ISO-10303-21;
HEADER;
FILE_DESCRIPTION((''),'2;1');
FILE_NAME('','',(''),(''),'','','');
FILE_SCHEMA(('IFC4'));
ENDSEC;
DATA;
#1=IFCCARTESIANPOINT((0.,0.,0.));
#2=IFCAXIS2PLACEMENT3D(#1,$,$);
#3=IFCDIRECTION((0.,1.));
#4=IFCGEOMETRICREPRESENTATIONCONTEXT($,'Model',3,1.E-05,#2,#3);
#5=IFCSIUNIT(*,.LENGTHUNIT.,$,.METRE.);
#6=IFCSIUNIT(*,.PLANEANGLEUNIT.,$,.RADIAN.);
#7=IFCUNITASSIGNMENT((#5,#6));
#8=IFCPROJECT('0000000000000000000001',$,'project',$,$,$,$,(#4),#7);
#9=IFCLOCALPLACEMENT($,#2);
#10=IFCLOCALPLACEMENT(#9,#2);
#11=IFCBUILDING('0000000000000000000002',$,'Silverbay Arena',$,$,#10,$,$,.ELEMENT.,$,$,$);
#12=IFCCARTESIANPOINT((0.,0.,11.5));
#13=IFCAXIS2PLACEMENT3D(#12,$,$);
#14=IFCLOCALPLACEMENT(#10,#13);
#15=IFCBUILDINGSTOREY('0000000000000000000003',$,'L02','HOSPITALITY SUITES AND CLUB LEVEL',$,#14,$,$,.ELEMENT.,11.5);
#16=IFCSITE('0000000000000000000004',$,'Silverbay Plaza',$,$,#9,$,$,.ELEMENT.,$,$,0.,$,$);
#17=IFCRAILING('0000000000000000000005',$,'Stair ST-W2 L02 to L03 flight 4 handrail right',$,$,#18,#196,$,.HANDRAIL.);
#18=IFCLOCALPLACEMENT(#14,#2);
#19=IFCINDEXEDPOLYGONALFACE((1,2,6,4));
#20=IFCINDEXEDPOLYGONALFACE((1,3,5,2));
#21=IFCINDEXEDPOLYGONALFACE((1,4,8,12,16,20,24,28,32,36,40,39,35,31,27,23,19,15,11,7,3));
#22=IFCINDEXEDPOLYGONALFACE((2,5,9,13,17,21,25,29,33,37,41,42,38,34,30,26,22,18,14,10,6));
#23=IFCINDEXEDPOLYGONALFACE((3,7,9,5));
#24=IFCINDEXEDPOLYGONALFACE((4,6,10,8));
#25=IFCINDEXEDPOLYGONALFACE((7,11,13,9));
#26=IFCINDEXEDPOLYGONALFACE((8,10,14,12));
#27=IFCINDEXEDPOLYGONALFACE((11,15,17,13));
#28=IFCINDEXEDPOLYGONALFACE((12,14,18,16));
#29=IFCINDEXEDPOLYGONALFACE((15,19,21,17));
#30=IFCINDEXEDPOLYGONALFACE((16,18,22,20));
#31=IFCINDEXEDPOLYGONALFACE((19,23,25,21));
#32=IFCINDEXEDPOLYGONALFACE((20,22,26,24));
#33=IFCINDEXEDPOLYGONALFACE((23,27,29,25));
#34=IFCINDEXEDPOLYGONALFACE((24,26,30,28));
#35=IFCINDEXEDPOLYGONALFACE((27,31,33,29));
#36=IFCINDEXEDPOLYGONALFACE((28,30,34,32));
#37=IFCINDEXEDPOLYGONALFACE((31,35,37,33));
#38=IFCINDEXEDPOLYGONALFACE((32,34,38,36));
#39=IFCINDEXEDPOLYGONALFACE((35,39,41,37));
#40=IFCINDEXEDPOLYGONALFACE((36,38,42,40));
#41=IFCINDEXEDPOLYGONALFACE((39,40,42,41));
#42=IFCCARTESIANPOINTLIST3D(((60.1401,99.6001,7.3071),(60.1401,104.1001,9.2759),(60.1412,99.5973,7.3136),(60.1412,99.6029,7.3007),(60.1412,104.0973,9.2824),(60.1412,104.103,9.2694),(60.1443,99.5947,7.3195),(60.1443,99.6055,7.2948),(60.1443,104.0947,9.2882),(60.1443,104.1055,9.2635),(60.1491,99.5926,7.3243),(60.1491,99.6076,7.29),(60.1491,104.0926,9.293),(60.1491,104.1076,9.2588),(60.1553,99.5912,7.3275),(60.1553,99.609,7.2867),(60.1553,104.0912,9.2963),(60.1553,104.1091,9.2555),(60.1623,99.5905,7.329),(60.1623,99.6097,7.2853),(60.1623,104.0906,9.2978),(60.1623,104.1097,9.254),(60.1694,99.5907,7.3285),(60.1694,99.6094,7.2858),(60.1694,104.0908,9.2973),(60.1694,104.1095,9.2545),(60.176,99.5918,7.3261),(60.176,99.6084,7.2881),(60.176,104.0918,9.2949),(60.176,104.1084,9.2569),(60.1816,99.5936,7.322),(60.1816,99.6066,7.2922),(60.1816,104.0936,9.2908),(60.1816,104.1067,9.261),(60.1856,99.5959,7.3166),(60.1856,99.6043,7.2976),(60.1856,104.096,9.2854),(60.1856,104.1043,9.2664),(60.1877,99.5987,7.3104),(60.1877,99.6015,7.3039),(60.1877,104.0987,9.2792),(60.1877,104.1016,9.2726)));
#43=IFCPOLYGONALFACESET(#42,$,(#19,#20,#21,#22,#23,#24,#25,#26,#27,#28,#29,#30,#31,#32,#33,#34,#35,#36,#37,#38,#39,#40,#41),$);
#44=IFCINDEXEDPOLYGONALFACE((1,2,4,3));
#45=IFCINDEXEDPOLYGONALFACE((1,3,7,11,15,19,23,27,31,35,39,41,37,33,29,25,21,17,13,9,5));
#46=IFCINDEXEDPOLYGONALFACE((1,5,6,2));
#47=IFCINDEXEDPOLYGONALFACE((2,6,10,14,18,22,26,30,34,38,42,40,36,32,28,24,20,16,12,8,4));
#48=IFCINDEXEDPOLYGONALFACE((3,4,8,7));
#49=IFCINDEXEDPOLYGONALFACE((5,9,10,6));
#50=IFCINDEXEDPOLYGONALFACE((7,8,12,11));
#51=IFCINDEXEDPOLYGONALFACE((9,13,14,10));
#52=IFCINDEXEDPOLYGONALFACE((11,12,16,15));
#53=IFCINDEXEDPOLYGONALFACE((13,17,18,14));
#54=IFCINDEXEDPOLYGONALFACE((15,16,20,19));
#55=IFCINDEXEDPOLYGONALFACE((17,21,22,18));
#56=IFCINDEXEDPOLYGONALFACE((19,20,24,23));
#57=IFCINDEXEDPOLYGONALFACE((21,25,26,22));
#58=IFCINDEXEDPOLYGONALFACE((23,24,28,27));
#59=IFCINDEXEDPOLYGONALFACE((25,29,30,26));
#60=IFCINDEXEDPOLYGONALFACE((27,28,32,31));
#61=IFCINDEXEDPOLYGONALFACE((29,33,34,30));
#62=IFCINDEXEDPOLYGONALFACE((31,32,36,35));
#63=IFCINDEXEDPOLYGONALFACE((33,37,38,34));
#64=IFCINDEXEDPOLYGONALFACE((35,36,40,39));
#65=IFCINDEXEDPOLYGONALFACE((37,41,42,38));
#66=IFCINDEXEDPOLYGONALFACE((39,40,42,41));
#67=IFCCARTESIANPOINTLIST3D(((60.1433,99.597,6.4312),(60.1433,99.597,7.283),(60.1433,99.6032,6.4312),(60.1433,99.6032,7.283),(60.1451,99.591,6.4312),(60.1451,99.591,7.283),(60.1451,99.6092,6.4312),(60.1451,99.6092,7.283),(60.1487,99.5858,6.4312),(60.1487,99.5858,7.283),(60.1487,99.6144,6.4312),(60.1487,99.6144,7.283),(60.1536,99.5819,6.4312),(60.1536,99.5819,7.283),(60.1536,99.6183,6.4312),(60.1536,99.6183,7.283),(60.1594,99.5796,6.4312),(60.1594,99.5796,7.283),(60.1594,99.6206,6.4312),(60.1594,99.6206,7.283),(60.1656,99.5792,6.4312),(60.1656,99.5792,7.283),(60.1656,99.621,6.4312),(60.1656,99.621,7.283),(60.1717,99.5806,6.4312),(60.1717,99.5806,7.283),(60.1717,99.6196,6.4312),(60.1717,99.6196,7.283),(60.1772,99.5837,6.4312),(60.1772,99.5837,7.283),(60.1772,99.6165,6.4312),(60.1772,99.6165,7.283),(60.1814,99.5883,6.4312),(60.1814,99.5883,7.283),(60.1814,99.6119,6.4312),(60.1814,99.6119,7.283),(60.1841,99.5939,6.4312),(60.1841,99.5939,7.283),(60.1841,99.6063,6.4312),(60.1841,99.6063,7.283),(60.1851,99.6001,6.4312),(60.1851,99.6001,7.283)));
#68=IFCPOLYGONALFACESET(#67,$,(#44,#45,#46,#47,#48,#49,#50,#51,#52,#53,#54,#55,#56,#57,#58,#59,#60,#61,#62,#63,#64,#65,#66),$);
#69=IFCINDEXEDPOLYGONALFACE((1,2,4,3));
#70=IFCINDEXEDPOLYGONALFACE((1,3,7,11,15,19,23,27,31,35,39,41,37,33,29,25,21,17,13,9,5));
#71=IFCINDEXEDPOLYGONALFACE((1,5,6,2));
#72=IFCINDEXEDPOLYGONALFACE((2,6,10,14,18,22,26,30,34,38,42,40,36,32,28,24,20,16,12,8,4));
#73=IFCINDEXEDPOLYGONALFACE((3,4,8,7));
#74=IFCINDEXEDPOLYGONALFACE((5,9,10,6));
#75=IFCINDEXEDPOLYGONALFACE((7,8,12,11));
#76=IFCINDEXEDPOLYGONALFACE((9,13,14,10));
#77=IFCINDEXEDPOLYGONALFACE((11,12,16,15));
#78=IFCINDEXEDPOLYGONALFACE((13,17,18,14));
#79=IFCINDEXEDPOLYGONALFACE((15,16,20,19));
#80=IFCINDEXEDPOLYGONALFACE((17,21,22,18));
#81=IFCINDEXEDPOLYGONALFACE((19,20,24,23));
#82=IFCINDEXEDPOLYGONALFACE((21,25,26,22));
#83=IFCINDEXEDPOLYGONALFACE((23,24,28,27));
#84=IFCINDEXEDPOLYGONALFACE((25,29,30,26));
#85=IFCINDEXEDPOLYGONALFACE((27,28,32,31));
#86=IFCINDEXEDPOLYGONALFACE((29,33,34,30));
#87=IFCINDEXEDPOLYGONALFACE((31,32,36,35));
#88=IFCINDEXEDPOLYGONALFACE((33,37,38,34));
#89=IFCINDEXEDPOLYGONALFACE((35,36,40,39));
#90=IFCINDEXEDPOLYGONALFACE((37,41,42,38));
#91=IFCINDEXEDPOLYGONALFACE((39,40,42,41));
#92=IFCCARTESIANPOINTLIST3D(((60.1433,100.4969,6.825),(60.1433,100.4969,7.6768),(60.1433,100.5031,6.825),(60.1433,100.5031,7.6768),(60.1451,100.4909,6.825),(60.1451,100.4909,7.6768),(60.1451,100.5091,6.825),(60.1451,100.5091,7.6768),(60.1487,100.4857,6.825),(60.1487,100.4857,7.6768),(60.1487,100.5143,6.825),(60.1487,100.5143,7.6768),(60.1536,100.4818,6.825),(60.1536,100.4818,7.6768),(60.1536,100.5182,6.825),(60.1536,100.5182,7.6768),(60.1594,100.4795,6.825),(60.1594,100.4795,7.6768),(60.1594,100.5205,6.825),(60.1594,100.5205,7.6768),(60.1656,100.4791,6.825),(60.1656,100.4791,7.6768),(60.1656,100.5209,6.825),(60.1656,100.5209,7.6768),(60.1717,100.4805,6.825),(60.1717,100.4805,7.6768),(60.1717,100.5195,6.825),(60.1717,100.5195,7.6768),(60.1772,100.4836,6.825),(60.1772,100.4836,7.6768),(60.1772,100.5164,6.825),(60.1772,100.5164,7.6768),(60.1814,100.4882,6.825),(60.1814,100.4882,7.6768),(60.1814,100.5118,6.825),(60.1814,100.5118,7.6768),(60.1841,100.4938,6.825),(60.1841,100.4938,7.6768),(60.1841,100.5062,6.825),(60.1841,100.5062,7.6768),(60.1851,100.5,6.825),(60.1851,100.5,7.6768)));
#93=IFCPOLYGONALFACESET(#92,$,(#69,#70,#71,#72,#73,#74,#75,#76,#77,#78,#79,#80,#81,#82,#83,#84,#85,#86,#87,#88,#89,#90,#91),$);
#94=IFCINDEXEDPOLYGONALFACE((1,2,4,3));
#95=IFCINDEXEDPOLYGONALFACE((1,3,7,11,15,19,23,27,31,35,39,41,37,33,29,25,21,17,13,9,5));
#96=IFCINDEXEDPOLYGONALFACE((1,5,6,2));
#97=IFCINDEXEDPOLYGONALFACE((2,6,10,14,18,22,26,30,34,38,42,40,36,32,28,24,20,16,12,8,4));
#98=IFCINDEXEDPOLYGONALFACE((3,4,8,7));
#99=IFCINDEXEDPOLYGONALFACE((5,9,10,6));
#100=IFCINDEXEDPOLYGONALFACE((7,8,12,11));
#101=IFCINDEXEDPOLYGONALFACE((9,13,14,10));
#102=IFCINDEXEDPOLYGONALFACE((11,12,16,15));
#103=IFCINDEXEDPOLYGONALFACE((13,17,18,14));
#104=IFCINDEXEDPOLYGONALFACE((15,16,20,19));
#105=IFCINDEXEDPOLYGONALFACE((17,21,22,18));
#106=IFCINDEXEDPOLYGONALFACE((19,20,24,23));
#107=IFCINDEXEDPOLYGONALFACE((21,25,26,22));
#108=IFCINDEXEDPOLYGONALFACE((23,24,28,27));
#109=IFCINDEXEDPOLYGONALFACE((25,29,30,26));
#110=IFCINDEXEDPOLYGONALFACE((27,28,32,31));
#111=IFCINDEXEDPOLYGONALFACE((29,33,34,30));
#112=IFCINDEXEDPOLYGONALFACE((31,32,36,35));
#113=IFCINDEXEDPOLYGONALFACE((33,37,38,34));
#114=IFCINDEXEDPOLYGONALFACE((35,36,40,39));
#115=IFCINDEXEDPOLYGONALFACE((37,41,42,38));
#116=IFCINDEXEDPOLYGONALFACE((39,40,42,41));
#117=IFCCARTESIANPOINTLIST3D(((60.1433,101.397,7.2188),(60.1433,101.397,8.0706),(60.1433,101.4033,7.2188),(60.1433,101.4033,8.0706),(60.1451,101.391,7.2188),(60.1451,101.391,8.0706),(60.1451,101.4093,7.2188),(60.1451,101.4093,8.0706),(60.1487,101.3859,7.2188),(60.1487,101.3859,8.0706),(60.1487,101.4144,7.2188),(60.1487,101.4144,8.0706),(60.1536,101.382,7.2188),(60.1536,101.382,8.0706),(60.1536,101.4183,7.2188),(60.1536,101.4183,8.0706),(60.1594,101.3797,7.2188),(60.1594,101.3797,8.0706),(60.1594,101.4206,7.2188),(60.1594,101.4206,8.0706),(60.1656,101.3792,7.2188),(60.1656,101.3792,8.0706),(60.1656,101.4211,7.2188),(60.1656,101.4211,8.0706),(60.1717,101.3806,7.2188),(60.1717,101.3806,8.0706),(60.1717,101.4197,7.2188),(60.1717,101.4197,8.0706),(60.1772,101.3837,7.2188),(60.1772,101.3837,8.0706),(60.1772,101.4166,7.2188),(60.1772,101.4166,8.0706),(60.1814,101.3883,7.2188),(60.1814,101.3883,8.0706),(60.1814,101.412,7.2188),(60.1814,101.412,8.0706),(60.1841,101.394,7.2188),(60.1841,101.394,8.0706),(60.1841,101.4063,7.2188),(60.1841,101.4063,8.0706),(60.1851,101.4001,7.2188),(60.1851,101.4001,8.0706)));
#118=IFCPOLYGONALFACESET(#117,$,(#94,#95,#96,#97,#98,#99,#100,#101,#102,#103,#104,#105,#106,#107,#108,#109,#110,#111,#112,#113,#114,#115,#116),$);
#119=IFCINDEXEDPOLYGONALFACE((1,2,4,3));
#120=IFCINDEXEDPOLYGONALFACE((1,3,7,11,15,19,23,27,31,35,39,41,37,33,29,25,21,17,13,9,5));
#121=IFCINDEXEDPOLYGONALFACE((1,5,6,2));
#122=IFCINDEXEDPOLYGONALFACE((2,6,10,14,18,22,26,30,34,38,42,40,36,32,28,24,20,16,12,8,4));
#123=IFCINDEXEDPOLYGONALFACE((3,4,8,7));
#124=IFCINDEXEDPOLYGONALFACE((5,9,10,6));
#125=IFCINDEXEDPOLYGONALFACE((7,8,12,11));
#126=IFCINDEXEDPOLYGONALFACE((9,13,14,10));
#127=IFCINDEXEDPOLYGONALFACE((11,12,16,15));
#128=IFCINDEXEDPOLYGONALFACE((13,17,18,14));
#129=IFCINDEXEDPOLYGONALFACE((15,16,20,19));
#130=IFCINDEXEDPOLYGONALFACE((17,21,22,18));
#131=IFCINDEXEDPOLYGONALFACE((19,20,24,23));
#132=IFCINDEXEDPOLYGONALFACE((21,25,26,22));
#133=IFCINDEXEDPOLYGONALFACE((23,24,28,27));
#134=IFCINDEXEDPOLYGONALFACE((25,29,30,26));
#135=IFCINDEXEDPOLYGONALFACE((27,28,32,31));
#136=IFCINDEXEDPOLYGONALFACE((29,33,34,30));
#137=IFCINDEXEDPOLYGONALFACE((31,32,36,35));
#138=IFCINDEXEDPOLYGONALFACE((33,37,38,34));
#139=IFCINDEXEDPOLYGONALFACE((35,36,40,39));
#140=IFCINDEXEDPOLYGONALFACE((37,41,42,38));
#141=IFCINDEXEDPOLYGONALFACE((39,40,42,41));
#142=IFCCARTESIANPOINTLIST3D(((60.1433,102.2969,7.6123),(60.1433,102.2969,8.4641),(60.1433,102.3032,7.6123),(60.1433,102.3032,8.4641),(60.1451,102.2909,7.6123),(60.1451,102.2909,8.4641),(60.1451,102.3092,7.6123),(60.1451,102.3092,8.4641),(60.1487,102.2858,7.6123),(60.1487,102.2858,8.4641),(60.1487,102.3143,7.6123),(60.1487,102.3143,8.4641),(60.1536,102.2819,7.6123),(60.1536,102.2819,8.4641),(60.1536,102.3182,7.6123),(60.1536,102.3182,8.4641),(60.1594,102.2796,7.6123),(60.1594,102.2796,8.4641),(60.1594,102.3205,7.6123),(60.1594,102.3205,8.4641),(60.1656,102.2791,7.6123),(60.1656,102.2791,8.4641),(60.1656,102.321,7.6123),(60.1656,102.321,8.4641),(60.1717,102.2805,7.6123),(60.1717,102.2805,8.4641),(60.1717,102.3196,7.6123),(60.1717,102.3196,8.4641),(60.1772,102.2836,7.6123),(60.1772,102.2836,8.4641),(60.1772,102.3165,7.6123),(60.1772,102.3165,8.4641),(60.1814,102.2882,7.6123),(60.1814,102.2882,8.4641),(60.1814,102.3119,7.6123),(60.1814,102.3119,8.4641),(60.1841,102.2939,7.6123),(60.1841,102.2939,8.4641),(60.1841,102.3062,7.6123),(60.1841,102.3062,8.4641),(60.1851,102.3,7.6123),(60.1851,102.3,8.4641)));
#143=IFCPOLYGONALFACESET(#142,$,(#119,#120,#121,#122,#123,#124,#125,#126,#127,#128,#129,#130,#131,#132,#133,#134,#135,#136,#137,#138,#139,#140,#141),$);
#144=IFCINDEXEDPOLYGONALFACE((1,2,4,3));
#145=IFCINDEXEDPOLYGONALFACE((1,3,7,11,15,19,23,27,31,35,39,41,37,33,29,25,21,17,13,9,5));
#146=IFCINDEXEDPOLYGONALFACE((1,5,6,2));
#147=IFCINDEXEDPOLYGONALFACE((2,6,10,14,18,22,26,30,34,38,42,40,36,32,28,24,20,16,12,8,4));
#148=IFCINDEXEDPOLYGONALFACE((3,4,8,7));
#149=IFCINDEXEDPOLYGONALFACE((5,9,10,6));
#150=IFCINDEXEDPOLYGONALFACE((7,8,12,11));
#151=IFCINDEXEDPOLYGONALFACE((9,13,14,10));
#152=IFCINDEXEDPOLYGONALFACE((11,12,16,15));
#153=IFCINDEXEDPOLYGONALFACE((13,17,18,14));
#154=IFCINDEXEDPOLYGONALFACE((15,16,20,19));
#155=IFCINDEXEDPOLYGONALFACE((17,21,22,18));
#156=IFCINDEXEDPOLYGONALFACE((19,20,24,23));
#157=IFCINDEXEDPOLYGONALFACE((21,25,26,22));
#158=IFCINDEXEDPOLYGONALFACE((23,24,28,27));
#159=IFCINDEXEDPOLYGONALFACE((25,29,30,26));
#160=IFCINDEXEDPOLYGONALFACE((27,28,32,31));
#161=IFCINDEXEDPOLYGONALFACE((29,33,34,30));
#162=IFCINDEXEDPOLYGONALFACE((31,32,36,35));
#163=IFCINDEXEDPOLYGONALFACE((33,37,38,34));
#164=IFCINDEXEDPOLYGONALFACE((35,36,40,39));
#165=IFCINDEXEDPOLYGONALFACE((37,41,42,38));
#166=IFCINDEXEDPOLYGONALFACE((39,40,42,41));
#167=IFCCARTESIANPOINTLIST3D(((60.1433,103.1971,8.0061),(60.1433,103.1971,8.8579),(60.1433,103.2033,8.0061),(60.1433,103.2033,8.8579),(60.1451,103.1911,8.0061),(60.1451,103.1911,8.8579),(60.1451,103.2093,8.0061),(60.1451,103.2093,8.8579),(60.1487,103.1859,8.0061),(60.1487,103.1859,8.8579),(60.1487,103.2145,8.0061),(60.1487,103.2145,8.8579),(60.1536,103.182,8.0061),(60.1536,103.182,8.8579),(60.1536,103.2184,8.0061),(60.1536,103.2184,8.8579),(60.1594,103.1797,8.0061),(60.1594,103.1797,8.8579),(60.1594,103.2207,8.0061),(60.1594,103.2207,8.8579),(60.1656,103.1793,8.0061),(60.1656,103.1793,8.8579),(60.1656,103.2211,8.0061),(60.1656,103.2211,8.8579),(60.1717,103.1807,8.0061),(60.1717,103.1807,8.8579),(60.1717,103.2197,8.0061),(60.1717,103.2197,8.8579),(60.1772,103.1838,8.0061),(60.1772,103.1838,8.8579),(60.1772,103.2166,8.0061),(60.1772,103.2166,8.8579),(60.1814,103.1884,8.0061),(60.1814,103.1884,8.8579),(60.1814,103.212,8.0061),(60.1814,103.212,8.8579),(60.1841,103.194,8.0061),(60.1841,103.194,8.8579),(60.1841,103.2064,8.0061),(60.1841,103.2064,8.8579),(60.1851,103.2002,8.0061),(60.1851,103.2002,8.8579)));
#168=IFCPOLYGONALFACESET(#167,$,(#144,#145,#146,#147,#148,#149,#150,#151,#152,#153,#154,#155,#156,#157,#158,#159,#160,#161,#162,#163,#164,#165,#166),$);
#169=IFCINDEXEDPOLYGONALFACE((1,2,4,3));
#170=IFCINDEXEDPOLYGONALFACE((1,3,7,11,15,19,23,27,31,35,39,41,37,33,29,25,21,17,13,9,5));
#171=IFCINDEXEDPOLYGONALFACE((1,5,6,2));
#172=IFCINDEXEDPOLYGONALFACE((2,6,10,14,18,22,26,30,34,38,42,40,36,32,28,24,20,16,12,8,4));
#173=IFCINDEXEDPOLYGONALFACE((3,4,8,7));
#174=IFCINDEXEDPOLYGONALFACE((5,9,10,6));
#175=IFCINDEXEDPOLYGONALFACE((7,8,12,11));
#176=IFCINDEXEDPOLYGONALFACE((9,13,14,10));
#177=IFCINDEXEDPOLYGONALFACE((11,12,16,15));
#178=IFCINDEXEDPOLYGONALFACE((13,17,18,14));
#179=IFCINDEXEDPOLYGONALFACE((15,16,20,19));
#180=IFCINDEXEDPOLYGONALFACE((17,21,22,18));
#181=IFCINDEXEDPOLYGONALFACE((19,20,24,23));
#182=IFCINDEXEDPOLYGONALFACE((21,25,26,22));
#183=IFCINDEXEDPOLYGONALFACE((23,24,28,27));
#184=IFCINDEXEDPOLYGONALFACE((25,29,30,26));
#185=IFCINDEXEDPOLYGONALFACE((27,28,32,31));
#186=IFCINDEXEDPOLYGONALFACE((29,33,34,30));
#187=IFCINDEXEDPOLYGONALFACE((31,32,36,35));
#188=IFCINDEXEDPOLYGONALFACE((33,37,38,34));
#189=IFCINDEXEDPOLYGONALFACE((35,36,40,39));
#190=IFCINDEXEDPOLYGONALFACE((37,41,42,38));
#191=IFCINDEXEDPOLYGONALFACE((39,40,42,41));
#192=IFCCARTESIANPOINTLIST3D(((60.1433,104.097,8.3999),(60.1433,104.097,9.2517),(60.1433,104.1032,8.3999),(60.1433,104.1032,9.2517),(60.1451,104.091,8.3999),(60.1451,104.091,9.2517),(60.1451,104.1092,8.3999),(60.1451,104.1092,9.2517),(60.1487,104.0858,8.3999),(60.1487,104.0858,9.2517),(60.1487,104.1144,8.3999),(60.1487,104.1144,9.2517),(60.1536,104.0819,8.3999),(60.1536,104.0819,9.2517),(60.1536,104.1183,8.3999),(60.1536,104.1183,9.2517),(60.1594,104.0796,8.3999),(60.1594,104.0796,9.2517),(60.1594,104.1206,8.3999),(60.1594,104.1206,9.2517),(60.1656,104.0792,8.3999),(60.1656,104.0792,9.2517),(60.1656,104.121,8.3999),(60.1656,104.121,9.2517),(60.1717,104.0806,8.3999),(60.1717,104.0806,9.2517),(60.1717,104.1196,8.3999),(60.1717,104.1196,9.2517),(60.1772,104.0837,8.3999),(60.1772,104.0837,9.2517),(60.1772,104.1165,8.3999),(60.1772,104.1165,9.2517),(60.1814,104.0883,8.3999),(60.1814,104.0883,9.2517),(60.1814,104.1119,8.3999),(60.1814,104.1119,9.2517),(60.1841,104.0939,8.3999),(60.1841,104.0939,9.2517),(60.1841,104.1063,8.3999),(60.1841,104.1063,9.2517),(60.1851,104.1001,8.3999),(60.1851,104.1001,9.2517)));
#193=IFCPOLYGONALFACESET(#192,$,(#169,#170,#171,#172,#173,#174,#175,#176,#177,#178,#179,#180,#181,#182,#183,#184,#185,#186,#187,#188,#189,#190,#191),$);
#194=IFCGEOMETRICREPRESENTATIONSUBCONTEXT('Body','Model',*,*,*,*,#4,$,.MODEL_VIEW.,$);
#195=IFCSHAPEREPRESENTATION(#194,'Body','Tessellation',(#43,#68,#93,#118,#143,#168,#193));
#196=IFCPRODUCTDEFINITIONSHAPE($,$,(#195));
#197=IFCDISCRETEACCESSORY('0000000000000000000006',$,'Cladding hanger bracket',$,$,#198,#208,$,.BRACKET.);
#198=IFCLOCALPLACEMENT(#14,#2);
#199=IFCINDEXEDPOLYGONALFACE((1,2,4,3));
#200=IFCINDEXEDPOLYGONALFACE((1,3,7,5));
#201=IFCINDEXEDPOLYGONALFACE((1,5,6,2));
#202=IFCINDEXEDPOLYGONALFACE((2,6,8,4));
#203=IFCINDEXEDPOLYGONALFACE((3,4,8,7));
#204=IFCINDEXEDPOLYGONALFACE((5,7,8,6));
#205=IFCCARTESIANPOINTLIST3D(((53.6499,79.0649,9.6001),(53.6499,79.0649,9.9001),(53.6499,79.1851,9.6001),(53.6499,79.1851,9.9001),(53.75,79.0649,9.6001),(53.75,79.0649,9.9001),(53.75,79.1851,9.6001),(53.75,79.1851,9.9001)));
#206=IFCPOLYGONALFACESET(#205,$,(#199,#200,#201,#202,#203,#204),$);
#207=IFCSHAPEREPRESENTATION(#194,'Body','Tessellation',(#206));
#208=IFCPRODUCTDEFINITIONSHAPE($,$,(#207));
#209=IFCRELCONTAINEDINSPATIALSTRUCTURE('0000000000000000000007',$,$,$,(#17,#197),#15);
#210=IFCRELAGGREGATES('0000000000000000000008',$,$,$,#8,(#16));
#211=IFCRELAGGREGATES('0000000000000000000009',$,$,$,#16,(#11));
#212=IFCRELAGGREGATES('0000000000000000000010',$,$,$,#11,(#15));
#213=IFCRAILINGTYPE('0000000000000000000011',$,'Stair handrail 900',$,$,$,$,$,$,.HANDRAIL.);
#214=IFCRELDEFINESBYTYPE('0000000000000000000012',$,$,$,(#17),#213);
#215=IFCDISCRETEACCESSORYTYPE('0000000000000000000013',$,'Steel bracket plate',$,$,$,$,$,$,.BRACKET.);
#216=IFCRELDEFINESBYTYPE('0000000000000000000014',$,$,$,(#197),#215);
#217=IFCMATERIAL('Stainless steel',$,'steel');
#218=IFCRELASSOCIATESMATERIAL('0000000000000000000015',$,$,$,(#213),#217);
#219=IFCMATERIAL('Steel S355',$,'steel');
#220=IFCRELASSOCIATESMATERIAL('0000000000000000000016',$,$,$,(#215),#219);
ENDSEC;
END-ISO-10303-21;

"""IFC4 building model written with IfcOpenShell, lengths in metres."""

from ifc_helpers import new_model, si_unit, direction, frame, origin, origin_2d, place, context, subcontext, project, spatial, rectangle, circle, extrude, material, type_object, element, save


model = new_model("IFC4")

# Units and contexts
model_context = context("Model", 3, precision=1e-05, world=origin(), true_north=direction((0.0, 1.0)))
body_context = subcontext(model_context, "Body", "Model", "MODEL_VIEW")
ifc_project = project(units=[si_unit("LENGTHUNIT", "METRE"), si_unit("PLANEANGLEUNIT", "RADIAN")], contexts=[model_context])

# Site, building, storey
site_placement = place(None, origin())
site = spatial("IfcSite", under=ifc_project, at=site_placement, Name="Silverbay Plaza", CompositionType="ELEMENT", RefElevation=0.0)
building_placement = place(site_placement, origin())
building = spatial("IfcBuilding", under=site, at=building_placement, Name="Silverbay Arena", CompositionType="ELEMENT")
storey_placement = place(building_placement, frame((0.0, 0.0, 11.5)))
storey = spatial("IfcBuildingStorey", under=building, at=storey_placement, Name="L02", Description="HOSPITALITY SUITES AND CLUB LEVEL", CompositionType="ELEMENT", Elevation=11.5)

# Railing
ifc_material_1 = material(Name="Stainless steel", Category="steel")
railing_type_1 = type_object("IfcRailingType", Name="Stair handrail 900", PredefinedType="HANDRAIL", material=ifc_material_1)
for number, where, name in (
    (1, (60.1641, 99.6001, 6.4312), "Stair ST-W2 L02 to L03 flight 4 handrail right"),
):
    element("IfcRailing", number, at=place(storey_placement, frame(where)), inside=storey, type_object=railing_type_1, Name=name, PredefinedType="HANDRAIL", context=body_context, shape_type="SweptSolid", body=[
        extrude(circle(Radius=0.0239, at=origin_2d()), frame((0.0, 0.0, 0.876), z_axis=(0.0, 0.916157, 0.400819), x_axis=(-1.0, 0.0, 0.0)), (0.0, 0.0, 1.0), 4.9119),
        extrude(circle(Radius=0.021, at=origin_2d()), origin(), (0.0, 0.0, 1.0), 0.8518),
        extrude(circle(Radius=0.021, at=origin_2d()), frame((0.0, 0.8999, 0.3938)), (0.0, 0.0, 1.0), 0.8518),
        extrude(circle(Radius=0.021, at=origin_2d()), frame((0.0, 1.8, 0.7876)), (0.0, 0.0, 1.0), 0.8518),
        extrude(circle(Radius=0.021, at=origin_2d()), frame((0.0, 2.7, 1.1812)), (0.0, 0.0, 1.0), 0.8518),
        extrude(circle(Radius=0.021, at=origin_2d()), frame((0.0, 3.6001, 1.575)), (0.0, 0.0, 1.0), 0.8518),
        extrude(circle(Radius=0.021, at=origin_2d()), frame((0.0, 4.5, 1.9688)), (0.0, 0.0, 1.0), 0.8518),
    ])

# Discrete accessory
ifc_material_2 = material(Name="Steel S355", Category="steel")
discrete_accessory_type = type_object("IfcDiscreteAccessoryType", Name="Steel bracket plate", PredefinedType="BRACKET", material=ifc_material_2)
discrete_accessory_placement = place(storey_placement, frame((53.7, 79.125, 9.6001), z_axis=(0.0, 0.0, 1.0), x_axis=(1.0, 0.0, 0.0)))
element("IfcDiscreteAccessory", 2, at=discrete_accessory_placement, inside=storey, type_object=discrete_accessory_type, Name="Cladding hanger bracket", PredefinedType="BRACKET", context=body_context, shape_type="SweptSolid", body=[
    extrude(rectangle(XDim=0.1001, YDim=0.1201, at=origin_2d()), origin(), (0.0, 0.0, 1.0), 0.3),
])

save(model, "model.ifc")
